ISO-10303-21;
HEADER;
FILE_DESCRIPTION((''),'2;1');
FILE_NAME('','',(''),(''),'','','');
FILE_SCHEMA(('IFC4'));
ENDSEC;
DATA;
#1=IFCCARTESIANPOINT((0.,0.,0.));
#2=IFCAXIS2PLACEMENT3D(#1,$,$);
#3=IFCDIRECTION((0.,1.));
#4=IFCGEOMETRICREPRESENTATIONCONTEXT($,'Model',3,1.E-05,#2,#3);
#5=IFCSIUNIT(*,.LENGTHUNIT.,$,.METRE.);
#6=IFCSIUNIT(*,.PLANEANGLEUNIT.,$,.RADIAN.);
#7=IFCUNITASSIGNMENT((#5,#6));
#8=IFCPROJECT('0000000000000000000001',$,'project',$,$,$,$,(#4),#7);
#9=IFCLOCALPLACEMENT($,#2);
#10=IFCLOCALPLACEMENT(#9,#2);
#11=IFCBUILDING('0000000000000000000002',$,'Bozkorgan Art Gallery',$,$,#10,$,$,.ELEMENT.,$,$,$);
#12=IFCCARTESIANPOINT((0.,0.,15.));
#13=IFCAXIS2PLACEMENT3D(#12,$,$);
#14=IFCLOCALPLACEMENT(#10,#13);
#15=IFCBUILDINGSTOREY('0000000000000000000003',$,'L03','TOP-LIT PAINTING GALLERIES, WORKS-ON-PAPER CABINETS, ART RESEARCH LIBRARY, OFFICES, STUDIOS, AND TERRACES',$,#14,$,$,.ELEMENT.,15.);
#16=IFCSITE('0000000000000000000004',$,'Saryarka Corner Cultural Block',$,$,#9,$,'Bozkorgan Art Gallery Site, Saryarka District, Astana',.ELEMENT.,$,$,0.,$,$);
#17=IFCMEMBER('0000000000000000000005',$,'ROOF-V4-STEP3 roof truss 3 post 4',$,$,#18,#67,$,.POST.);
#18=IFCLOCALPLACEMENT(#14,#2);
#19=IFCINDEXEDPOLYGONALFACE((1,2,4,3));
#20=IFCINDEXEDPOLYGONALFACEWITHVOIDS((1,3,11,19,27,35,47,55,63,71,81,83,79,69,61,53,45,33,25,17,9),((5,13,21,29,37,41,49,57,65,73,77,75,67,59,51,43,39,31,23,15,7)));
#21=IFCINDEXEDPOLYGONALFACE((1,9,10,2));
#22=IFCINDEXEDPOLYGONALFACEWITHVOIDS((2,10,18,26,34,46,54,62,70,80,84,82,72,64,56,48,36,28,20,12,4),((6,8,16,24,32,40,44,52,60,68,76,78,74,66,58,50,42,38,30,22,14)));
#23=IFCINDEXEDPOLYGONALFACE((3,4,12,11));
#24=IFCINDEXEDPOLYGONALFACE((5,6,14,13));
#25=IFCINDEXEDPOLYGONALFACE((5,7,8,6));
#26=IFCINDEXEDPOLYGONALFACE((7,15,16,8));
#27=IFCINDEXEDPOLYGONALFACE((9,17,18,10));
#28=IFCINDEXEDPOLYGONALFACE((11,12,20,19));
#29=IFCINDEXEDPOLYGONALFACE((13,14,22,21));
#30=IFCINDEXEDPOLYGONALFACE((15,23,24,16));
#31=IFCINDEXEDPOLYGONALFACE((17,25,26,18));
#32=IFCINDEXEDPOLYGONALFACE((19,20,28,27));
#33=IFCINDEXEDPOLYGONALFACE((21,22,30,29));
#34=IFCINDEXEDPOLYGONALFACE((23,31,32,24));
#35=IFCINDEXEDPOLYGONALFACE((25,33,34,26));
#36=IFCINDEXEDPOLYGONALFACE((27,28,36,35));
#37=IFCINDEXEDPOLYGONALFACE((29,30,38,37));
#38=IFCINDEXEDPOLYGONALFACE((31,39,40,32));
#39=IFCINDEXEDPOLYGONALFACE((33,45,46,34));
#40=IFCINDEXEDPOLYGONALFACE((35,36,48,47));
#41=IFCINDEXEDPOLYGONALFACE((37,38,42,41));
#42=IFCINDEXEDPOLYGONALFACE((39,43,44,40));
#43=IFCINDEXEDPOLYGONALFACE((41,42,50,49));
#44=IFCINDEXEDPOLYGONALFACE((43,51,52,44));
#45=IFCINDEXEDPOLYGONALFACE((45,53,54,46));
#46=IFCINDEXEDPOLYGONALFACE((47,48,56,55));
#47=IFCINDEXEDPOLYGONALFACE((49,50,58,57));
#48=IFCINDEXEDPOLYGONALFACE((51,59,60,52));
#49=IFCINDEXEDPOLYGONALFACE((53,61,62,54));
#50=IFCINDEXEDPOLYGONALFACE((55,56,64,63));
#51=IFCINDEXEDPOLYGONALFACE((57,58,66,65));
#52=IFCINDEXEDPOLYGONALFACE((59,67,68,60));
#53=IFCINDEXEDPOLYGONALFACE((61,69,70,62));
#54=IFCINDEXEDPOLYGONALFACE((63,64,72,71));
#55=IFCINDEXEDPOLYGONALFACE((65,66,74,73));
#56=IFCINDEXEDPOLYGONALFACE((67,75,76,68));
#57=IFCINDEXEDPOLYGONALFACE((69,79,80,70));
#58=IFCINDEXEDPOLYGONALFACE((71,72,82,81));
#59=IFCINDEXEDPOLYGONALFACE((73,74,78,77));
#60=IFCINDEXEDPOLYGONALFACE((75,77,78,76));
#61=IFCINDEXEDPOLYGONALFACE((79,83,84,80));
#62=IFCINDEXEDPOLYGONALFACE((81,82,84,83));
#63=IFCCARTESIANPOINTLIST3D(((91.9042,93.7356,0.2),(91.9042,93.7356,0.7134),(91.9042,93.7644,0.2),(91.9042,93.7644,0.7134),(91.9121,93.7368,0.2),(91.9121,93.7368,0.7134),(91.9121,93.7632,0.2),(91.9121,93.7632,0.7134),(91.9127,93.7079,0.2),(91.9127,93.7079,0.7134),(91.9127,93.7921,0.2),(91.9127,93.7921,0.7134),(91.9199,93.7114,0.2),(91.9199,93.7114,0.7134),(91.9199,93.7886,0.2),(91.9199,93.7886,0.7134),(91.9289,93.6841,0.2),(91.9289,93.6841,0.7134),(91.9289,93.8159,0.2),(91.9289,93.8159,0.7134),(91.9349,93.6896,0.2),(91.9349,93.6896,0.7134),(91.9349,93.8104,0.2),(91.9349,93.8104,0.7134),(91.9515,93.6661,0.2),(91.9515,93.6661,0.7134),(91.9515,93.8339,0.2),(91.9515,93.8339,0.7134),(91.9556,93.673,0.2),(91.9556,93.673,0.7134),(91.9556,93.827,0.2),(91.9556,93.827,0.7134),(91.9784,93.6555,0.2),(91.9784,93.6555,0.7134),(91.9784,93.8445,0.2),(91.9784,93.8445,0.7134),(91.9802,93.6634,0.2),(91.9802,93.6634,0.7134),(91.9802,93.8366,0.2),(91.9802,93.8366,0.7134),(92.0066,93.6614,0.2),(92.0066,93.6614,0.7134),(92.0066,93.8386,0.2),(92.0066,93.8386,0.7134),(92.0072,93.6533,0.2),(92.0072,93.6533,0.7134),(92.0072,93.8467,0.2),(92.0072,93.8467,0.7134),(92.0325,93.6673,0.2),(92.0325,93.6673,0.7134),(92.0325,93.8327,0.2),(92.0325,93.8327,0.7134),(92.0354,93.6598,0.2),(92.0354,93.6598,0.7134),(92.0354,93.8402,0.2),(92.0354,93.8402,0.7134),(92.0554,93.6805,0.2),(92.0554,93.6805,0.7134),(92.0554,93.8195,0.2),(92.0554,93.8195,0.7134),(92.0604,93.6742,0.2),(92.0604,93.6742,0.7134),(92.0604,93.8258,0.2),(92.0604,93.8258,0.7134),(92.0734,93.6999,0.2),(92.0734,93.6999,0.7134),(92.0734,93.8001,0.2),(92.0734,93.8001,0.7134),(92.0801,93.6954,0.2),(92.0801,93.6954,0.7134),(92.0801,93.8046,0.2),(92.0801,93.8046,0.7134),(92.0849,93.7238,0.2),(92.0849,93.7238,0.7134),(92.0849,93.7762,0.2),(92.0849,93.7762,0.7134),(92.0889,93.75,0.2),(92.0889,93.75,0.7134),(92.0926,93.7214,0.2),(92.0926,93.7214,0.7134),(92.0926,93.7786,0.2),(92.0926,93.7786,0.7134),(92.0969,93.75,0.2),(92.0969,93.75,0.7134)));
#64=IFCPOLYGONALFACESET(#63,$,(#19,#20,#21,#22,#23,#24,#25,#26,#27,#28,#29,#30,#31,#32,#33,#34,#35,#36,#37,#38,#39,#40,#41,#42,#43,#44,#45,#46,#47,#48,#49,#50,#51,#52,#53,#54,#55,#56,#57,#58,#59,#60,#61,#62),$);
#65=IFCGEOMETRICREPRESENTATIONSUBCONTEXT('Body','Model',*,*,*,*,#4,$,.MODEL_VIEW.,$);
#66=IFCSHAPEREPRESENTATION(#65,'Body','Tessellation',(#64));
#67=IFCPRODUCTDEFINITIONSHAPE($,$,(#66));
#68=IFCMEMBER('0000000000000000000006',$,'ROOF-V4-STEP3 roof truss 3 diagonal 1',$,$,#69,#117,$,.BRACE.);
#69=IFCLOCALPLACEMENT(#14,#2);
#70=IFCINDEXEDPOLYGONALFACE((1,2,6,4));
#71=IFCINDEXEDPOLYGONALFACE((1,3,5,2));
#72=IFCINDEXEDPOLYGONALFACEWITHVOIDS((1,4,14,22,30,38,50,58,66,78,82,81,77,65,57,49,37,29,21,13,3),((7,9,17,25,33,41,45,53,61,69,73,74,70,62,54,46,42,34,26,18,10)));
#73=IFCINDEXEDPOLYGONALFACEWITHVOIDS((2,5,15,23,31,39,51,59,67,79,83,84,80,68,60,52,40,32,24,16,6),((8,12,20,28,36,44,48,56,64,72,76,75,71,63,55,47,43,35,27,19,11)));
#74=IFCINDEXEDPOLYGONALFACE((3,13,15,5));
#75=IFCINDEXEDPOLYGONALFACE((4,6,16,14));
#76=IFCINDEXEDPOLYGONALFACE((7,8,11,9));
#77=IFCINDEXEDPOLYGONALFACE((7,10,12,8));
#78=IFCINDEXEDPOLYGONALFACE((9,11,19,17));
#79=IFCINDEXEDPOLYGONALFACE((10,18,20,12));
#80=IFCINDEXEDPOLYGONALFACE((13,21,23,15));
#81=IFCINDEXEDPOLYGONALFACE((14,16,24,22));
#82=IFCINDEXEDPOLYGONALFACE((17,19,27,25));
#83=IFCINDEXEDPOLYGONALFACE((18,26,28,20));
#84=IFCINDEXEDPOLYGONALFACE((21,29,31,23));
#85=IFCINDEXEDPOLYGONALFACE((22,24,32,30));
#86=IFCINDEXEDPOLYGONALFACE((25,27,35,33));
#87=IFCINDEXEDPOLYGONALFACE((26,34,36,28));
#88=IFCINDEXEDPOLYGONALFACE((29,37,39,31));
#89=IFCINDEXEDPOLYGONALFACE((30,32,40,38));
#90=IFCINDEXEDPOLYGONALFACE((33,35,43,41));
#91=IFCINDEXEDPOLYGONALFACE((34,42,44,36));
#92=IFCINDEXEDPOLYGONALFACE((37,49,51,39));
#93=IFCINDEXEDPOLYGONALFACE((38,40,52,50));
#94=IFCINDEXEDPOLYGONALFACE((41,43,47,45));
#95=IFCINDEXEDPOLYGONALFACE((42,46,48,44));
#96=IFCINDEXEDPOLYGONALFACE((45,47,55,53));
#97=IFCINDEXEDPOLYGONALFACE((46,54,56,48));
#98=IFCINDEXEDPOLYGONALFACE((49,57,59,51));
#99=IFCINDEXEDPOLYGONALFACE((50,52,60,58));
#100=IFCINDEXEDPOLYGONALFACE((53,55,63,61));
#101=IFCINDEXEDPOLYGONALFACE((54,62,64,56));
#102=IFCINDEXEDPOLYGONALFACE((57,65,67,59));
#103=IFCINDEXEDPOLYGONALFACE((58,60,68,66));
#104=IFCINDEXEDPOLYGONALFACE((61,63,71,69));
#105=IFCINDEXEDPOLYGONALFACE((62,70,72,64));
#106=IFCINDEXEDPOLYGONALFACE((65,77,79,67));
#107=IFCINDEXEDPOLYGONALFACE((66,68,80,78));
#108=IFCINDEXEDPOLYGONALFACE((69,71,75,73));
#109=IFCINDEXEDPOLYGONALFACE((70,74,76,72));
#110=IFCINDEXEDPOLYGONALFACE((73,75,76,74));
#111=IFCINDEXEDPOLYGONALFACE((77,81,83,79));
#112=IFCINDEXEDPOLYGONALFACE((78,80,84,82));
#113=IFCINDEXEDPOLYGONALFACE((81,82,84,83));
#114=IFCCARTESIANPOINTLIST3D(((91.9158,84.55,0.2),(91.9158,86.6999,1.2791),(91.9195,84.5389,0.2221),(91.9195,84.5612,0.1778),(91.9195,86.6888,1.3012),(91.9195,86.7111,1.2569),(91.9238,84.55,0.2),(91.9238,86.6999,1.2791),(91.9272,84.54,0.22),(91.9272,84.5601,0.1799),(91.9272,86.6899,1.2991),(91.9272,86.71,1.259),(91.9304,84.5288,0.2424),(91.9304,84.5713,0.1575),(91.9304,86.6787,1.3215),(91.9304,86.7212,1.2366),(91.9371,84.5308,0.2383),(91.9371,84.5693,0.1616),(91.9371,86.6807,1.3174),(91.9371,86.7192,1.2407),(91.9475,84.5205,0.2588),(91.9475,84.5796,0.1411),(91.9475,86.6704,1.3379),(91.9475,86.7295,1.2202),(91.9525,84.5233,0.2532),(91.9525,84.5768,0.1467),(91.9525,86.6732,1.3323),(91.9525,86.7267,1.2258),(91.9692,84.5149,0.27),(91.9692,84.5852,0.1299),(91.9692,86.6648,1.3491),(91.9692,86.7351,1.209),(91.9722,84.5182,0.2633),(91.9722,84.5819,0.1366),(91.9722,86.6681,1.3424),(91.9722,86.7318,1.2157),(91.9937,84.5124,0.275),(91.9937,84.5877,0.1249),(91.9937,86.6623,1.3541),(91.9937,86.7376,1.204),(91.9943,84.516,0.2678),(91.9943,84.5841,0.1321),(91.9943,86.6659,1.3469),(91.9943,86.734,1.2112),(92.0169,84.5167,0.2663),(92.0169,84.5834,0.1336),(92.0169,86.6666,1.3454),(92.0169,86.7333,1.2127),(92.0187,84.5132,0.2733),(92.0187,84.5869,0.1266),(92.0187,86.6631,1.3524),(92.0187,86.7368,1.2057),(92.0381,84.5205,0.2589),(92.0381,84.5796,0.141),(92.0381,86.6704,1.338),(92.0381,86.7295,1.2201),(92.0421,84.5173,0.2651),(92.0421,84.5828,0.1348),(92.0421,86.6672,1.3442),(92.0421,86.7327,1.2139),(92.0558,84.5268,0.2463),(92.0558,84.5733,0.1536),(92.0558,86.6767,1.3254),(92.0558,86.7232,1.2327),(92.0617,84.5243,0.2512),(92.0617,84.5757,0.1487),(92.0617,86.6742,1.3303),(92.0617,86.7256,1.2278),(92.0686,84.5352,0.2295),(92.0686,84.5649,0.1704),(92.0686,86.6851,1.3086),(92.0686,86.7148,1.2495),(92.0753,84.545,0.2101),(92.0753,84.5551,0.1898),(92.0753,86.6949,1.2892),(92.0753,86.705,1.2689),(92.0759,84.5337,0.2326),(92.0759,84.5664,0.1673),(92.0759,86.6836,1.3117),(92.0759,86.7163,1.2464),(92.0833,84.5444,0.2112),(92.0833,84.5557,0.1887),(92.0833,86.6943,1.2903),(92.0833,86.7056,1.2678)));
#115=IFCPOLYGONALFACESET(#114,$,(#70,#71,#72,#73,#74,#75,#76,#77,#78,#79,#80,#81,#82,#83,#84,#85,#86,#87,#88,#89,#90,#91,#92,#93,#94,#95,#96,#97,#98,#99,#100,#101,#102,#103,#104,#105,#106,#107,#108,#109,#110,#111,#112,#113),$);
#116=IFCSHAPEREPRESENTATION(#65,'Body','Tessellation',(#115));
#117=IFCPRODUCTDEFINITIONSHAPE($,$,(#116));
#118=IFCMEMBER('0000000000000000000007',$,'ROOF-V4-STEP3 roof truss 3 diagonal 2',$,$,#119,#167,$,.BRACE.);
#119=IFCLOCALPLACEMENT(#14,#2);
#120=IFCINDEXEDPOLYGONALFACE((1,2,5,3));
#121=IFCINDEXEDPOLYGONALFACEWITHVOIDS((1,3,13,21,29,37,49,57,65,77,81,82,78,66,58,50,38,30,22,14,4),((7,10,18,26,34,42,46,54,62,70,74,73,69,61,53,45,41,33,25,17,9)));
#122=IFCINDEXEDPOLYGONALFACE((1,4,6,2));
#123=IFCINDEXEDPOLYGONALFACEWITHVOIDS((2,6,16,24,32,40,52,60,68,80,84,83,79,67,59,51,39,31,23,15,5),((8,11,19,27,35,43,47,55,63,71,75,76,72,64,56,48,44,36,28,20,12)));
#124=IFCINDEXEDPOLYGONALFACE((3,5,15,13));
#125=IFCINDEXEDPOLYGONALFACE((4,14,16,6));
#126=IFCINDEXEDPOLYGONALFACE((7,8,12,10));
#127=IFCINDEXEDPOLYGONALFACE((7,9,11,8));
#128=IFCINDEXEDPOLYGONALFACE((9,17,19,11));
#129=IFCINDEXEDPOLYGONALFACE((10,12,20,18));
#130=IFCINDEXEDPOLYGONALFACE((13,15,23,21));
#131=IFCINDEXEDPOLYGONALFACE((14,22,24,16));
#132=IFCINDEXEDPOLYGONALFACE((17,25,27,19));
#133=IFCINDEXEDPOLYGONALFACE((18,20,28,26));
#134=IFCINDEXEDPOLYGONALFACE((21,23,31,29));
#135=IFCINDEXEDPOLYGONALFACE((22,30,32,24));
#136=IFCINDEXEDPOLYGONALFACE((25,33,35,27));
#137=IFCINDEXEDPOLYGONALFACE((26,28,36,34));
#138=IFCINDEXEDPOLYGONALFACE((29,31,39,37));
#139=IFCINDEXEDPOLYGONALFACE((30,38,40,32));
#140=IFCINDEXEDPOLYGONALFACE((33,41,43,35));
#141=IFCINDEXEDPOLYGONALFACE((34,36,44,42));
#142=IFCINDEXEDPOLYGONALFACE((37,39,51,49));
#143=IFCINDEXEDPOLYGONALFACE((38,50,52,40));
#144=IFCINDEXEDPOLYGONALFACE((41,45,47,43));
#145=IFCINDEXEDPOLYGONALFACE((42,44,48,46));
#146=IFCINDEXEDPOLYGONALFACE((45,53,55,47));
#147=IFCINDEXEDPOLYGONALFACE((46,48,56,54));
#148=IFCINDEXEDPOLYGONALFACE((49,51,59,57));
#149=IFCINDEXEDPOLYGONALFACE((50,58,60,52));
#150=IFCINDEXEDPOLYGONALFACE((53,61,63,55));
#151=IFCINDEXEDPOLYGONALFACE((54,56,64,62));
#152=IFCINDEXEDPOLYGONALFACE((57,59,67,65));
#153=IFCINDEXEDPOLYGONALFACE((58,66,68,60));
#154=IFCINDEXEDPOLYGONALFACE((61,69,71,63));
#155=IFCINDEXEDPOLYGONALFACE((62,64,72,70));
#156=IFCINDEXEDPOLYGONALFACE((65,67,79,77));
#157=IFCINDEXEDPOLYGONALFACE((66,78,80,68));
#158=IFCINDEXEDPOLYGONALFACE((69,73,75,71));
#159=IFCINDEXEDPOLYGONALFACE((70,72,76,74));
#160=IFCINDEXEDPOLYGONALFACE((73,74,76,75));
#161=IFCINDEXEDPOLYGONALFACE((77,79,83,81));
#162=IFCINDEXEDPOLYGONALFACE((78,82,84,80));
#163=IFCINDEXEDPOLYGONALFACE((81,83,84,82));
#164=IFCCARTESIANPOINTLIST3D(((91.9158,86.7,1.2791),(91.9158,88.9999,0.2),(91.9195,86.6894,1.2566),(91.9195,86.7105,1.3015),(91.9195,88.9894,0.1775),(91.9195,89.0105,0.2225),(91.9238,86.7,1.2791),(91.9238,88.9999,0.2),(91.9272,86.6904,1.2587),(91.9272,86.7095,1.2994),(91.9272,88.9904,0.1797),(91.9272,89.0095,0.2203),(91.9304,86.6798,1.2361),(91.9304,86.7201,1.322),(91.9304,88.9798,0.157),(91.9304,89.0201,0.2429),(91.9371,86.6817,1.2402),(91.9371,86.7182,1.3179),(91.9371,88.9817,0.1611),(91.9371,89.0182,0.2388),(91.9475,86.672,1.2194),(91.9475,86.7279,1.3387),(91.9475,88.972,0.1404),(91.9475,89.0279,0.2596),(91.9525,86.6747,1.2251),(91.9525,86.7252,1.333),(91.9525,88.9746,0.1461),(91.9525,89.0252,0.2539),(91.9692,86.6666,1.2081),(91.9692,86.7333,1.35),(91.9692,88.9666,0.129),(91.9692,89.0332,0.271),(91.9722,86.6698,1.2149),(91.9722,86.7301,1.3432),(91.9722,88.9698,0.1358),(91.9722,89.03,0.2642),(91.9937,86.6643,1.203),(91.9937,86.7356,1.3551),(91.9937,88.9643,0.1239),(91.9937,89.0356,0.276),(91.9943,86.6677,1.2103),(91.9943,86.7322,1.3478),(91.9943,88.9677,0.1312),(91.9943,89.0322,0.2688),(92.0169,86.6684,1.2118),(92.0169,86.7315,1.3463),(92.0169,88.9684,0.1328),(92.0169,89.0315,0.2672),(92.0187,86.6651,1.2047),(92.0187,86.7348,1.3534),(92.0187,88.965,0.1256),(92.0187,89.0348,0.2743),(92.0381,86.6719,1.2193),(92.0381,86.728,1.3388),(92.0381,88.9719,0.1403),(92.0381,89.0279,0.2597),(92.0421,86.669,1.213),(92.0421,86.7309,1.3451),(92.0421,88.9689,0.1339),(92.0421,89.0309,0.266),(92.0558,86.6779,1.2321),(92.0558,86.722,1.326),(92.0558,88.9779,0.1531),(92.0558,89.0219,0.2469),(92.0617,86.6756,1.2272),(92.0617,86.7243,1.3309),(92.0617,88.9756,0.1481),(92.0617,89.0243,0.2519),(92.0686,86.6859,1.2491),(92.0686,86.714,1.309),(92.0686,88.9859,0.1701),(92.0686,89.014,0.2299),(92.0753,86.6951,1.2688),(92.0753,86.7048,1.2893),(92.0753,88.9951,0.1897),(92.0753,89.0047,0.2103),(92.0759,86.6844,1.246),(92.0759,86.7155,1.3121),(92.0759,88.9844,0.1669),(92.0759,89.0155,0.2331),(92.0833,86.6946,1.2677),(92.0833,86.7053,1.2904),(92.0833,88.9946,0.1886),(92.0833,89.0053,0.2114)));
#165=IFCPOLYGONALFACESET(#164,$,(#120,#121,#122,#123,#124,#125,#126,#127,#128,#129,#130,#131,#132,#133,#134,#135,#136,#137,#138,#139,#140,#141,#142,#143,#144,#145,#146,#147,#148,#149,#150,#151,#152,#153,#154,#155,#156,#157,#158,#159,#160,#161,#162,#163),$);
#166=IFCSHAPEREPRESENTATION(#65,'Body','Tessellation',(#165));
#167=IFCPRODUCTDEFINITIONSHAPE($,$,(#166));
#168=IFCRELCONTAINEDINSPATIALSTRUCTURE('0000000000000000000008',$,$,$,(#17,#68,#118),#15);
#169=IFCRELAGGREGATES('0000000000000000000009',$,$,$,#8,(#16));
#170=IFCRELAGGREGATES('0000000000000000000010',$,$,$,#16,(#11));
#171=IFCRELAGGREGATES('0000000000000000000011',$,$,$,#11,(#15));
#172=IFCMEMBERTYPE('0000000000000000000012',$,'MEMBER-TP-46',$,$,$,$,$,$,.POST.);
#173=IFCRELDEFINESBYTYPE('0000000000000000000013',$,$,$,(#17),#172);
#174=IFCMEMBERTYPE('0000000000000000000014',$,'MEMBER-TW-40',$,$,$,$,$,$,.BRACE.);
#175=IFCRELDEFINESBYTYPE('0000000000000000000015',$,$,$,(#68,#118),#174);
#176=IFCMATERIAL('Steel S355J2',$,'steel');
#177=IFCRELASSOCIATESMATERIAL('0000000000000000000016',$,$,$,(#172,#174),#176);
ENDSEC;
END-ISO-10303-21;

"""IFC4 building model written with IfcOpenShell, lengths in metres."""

from ifc_helpers import new_model, si_unit, direction, frame, origin, origin_2d, place, context, subcontext, project, spatial, hollow_circle, extrude, material, material_profile, profile_set, type_object, element, save


model = new_model("IFC4")

# Units and contexts
model_context = context("Model", 3, precision=1e-05, world=origin(), true_north=direction((0.0, 1.0)))
body_context = subcontext(model_context, "Body", "Model", "MODEL_VIEW")
ifc_project = project(units=[si_unit("LENGTHUNIT", "METRE"), si_unit("PLANEANGLEUNIT", "RADIAN")], contexts=[model_context])

# Site, building, storey
site_placement = place(None, origin())
site = spatial("IfcSite", under=ifc_project, at=site_placement, Name="Saryarka Corner Cultural Block", LongName="Bozkorgan Art Gallery Site, Saryarka District, Astana", CompositionType="ELEMENT", RefElevation=0.0)
building_placement = place(site_placement, origin())
building = spatial("IfcBuilding", under=site, at=building_placement, Name="Bozkorgan Art Gallery", CompositionType="ELEMENT")
storey_placement = place(building_placement, frame((0.0, 0.0, 15.0)))
storey = spatial("IfcBuildingStorey", under=building, at=storey_placement, Name="L03", Description="TOP-LIT PAINTING GALLERIES, WORKS-ON-PAPER CABINETS, ART RESEARCH LIBRARY, OFFICES, STUDIOS, AND TERRACES", CompositionType="ELEMENT", Elevation=15.0)

# Shared definitions
ifc_material_1 = material(Name="Steel S355J2", Category="steel")

# Members
ifc_material_profile_1 = material_profile(ifc_material_1, hollow_circle(Radius=0.0969, WallThickness=0.0081, at=origin_2d()), Name="CHS 193.7x8")
ifc_profile_set_1 = profile_set([ifc_material_profile_1], Name="Steel S355J2")
member_type_1 = type_object("IfcMemberType", Name="MEMBER-TP-46", PredefinedType="POST", material=ifc_profile_set_1)
member_1_placement = place(storey_placement, frame((92.0, 93.75, 0.2), z_axis=(0.0, 0.0, 1.0), x_axis=(1.0, 0.0, 0.0)))
element("IfcMember", 1, at=member_1_placement, inside=storey, type_object=member_type_1, Name="ROOF-V4-STEP3 roof truss 3 post 4", PredefinedType="POST", context=body_context, shape_type="SweptSolid", body=[
    extrude(hollow_circle(Radius=0.0969, WallThickness=0.0081, at=origin_2d()), origin(), (0.0, 0.0, 1.0), 0.5134),
])
ifc_material_profile_2 = material_profile(ifc_material_1, hollow_circle(Radius=0.0842, WallThickness=0.0081, at=origin_2d()), Name="CHS 168.3x8")
ifc_profile_set_2 = profile_set([ifc_material_profile_2], Name="Steel S355J2")
member_type_2 = type_object("IfcMemberType", Name="MEMBER-TW-40", PredefinedType="BRACE", material=ifc_profile_set_2)
member_2_placement = place(storey_placement, frame((92.0, 84.55, 0.2), z_axis=(0.0, 0.893736, 0.448593), x_axis=(-1.0, 0.0, 0.0)))
element("IfcMember", 2, at=member_2_placement, inside=storey, type_object=member_type_2, Name="ROOF-V4-STEP3 roof truss 3 diagonal 1", PredefinedType="BRACE", context=body_context, shape_type="SweptSolid", body=[
    extrude(hollow_circle(Radius=0.0842, WallThickness=0.0081, at=origin_2d()), origin(), (0.0, 0.0, 1.0), 2.4055),
])
member_3_placement = place(storey_placement, frame((92.0, 86.7, 1.2791), z_axis=(0.0, 0.905315, -0.424742), x_axis=(-1.0, 0.0, 0.0)))
element("IfcMember", 3, at=member_3_placement, inside=storey, type_object=member_type_2, Name="ROOF-V4-STEP3 roof truss 3 diagonal 2", PredefinedType="BRACE", context=body_context, shape_type="SweptSolid", body=[
    extrude(hollow_circle(Radius=0.0842, WallThickness=0.0081, at=origin_2d()), origin(), (0.0, 0.0, 1.0), 2.5405),
])

save(model, "model.ifc")
